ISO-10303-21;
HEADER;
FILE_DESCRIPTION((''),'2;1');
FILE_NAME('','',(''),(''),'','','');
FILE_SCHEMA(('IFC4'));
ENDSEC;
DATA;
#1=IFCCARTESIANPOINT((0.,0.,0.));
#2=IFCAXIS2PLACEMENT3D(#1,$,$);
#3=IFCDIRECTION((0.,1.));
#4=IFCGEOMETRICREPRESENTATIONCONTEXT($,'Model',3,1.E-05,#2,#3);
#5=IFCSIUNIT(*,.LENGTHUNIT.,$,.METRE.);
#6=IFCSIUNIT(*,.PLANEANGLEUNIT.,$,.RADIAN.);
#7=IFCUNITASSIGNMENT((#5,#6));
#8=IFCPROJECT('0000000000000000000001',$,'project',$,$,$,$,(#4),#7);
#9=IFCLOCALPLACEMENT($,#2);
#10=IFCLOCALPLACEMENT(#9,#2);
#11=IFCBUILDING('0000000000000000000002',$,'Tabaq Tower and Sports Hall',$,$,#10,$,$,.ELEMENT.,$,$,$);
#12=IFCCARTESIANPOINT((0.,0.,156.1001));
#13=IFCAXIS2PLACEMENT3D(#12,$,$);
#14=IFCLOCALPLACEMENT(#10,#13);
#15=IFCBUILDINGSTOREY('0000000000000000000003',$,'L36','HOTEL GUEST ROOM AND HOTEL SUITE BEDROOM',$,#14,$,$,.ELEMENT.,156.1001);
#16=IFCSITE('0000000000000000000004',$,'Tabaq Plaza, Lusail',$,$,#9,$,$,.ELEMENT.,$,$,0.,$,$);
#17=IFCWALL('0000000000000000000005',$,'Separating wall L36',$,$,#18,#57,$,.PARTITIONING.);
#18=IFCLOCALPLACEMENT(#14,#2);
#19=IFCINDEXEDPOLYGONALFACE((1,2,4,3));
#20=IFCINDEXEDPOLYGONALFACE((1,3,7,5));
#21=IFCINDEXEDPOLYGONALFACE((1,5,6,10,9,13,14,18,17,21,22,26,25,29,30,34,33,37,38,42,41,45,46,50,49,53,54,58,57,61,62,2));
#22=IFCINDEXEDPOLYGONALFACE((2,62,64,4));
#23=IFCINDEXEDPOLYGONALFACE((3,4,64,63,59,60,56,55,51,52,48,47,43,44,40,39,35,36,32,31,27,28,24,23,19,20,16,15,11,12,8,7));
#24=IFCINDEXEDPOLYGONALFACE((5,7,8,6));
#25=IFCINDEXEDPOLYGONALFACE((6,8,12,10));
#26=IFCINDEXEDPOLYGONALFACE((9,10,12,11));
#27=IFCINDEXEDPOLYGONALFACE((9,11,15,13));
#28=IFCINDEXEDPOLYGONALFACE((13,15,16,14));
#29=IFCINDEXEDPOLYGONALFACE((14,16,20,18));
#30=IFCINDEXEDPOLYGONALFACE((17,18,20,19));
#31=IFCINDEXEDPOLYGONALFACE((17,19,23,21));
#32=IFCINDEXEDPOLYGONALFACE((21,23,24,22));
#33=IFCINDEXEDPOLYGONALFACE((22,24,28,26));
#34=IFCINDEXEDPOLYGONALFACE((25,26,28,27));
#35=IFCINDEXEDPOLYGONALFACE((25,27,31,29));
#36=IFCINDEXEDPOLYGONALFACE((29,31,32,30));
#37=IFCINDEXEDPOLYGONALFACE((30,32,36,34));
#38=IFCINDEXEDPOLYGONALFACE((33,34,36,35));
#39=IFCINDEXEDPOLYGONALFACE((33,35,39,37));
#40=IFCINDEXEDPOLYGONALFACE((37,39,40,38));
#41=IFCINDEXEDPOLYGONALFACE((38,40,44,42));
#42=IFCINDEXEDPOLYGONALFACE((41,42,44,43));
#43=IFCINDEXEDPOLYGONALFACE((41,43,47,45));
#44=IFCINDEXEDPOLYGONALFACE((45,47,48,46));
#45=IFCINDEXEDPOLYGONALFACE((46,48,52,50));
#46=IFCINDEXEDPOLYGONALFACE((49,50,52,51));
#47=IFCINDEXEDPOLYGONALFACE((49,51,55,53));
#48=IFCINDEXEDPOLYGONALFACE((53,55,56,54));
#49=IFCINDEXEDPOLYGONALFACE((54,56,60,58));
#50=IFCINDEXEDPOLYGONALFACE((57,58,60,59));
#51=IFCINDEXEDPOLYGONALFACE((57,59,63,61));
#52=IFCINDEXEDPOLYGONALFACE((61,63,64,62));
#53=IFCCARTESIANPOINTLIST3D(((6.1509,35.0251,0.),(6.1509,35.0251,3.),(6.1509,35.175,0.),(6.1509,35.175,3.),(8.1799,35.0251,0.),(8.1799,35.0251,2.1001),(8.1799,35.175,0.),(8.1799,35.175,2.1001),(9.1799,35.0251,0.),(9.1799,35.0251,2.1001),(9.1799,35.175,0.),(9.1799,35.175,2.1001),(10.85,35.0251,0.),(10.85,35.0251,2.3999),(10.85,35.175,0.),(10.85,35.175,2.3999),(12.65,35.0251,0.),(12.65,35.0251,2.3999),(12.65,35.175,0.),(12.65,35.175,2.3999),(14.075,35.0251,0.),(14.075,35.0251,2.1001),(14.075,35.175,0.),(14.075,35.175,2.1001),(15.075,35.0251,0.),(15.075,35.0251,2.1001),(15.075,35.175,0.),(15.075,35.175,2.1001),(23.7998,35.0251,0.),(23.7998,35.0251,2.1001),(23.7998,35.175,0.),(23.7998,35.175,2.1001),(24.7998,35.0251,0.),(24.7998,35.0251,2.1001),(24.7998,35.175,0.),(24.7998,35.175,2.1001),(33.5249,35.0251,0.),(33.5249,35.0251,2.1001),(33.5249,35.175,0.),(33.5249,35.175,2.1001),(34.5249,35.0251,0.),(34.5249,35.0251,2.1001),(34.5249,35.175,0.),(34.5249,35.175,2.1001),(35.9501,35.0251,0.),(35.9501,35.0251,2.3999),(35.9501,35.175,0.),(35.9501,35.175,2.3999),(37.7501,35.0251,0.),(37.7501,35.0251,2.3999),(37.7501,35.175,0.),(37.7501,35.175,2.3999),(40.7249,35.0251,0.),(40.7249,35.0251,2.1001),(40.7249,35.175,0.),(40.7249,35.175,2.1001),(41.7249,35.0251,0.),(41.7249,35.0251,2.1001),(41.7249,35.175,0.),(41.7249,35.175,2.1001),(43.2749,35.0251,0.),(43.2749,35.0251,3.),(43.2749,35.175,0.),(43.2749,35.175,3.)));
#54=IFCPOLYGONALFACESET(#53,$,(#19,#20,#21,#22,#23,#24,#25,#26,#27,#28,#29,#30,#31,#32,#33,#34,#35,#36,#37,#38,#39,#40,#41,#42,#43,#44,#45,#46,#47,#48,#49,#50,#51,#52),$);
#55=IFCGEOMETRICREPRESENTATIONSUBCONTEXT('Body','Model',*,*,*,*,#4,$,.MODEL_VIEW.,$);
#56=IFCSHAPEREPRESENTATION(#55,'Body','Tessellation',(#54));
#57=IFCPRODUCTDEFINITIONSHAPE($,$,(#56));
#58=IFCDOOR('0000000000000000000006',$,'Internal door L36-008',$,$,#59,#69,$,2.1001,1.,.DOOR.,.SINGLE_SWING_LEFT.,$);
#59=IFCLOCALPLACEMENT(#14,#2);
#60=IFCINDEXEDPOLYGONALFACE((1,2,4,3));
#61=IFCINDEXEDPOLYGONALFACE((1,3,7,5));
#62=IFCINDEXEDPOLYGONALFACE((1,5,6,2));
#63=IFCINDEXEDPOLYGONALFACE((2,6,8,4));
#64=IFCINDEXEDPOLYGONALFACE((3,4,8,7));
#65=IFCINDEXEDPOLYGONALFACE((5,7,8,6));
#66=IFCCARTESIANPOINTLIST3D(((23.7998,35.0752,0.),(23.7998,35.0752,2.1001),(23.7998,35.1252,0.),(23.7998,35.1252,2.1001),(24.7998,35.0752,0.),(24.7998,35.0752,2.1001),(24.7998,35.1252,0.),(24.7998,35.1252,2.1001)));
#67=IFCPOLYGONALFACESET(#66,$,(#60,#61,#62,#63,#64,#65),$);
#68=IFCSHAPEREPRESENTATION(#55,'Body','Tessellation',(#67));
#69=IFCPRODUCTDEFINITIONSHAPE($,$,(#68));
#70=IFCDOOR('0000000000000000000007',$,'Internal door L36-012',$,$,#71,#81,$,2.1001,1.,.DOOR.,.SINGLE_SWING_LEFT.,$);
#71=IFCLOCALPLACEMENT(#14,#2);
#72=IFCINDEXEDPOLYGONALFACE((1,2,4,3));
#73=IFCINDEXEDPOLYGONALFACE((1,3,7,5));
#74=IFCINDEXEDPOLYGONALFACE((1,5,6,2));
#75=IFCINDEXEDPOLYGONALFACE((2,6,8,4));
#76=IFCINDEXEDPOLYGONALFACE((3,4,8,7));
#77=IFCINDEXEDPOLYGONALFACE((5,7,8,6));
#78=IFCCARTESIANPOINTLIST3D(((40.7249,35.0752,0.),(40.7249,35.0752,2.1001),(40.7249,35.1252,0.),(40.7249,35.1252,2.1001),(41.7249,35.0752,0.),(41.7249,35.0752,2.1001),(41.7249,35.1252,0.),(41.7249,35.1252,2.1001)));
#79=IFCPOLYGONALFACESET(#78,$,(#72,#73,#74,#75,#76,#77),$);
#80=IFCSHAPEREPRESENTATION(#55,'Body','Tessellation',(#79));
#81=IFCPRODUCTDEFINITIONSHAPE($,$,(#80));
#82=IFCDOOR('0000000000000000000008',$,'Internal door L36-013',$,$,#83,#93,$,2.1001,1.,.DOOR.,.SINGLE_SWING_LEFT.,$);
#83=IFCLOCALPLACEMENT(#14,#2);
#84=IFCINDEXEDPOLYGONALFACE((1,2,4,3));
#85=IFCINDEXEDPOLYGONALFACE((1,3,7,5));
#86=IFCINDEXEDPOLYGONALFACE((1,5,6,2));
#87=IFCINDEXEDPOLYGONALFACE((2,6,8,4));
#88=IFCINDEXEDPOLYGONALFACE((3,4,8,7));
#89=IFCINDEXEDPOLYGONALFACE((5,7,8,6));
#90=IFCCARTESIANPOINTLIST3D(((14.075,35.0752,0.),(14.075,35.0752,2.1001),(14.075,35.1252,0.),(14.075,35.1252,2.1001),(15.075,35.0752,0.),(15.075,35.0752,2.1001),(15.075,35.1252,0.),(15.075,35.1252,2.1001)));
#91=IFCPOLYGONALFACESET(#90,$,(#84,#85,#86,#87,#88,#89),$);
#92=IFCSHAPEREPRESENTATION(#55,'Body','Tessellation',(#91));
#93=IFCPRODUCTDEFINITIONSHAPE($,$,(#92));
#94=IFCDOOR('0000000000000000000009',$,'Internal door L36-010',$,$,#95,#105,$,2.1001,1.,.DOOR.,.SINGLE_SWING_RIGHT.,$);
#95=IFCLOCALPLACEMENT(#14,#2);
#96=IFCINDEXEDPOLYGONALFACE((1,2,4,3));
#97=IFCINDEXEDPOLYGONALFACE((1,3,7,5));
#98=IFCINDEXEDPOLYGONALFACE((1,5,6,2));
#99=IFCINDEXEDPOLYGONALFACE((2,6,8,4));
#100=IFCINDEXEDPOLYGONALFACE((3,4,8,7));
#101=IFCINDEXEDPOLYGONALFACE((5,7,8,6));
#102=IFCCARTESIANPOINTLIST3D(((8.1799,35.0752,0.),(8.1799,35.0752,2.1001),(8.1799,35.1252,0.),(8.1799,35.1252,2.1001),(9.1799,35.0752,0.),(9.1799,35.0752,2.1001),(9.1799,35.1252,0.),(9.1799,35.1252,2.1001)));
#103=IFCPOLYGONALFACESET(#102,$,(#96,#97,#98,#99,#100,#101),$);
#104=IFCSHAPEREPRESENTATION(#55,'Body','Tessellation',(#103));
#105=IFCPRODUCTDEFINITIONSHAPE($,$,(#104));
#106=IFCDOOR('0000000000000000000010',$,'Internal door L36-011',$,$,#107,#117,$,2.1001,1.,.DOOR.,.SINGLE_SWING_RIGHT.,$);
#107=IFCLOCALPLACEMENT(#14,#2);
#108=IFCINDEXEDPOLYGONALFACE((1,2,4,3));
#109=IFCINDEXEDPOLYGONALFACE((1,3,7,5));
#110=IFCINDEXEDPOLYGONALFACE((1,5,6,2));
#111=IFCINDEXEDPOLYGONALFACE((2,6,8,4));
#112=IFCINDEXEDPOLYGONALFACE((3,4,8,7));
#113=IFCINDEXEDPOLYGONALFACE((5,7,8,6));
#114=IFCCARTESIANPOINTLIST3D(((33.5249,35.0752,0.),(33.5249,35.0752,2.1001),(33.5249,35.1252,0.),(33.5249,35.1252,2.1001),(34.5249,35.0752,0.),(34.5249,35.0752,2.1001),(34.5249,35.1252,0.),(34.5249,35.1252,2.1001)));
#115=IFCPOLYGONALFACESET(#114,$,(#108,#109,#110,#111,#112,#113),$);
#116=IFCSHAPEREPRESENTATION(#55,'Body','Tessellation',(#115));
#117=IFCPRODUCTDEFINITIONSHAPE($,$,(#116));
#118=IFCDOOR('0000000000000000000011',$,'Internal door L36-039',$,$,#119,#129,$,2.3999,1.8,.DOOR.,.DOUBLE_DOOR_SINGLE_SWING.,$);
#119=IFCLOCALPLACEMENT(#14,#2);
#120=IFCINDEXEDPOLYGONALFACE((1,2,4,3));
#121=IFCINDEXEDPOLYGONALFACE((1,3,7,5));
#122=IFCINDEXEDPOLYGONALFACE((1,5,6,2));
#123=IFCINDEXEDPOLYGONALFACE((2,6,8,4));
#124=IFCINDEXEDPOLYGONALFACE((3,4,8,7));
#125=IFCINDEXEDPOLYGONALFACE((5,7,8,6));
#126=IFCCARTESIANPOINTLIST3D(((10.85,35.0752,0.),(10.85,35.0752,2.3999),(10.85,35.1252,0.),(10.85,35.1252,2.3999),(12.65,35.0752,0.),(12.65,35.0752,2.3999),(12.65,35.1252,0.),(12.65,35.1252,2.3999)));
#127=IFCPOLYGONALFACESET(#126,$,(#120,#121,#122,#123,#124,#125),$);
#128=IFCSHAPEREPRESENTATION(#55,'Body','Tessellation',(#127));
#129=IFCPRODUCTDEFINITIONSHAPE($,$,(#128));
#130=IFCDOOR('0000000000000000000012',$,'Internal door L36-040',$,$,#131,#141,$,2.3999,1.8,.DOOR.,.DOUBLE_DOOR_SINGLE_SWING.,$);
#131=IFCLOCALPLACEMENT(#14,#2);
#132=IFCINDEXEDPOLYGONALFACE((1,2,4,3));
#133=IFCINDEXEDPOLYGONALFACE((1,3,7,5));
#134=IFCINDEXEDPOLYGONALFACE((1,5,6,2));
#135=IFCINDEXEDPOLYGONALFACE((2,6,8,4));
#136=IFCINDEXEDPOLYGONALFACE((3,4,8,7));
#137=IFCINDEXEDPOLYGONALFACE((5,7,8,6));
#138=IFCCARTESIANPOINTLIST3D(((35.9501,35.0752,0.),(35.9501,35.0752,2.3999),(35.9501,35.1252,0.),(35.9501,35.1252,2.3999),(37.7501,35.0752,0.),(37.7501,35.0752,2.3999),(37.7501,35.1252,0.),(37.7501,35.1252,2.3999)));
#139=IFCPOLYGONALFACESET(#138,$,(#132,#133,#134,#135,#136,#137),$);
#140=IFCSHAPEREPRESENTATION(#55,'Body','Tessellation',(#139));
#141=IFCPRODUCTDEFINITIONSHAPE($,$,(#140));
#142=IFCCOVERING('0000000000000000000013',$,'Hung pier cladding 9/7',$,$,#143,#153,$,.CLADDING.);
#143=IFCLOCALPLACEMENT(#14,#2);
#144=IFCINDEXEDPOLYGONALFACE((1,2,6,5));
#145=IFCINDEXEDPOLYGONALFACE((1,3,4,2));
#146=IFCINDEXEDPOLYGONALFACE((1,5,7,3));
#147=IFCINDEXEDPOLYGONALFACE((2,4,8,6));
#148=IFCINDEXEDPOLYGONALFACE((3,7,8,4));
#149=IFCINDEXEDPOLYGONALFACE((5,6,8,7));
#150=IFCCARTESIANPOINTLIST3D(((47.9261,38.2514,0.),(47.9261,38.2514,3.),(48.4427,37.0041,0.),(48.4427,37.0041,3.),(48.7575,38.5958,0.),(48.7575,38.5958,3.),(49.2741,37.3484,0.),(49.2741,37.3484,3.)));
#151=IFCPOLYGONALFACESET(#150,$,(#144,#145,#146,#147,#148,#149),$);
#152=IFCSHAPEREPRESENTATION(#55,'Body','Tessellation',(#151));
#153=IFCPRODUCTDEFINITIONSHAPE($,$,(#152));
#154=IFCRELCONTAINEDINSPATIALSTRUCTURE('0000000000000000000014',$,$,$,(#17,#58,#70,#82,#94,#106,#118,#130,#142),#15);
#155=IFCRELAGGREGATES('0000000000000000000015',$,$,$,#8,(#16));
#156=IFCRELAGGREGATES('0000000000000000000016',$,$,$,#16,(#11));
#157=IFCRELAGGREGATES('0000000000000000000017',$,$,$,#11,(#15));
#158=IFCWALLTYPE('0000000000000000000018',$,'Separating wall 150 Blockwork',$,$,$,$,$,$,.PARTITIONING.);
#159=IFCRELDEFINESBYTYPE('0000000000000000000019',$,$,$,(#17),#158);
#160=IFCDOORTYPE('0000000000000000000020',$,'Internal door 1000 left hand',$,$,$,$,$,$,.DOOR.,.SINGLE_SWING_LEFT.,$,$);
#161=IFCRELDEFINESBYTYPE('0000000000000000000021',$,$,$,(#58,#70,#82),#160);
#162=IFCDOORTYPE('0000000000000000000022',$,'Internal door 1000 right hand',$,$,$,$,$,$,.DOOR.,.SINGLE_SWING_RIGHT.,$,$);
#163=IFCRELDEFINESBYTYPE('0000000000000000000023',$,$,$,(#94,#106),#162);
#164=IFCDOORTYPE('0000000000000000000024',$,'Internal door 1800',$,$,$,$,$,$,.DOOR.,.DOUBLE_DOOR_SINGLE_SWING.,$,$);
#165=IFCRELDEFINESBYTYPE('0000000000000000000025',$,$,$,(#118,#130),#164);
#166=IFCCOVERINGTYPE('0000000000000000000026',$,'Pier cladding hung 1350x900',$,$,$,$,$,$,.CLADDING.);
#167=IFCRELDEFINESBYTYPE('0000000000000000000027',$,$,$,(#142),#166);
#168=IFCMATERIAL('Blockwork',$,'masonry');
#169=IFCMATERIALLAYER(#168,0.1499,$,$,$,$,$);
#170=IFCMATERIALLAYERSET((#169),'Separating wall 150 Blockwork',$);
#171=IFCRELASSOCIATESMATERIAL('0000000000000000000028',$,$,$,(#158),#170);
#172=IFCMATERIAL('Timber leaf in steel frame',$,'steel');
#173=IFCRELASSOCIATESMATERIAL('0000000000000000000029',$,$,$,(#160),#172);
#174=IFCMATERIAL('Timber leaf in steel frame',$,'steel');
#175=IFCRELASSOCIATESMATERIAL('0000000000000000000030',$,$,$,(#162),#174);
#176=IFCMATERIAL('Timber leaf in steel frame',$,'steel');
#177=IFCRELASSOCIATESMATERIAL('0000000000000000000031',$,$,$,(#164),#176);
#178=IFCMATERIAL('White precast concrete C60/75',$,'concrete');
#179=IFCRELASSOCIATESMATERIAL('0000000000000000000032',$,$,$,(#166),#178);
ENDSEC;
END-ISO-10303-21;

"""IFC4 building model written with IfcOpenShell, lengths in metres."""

from ifc_helpers import new_model, si_unit, direction, frame, frame_2d, origin, place, context, subcontext, project, spatial, rectangle, extrude, material, layer, layer_set, type_object, element, fill, save


model = new_model("IFC4")

# Units and contexts
model_context = context("Model", 3, precision=1e-05, world=origin(), true_north=direction((0.0, 1.0)))
body_context = subcontext(model_context, "Body", "Model", "MODEL_VIEW")
ifc_project = project(units=[si_unit("LENGTHUNIT", "METRE"), si_unit("PLANEANGLEUNIT", "RADIAN")], contexts=[model_context])

# Site, building, storey
site_placement = place(None, origin())
site = spatial("IfcSite", under=ifc_project, at=site_placement, Name="Tabaq Plaza, Lusail", CompositionType="ELEMENT", RefElevation=0.0)
building_placement = place(site_placement, origin())
building = spatial("IfcBuilding", under=site, at=building_placement, Name="Tabaq Tower and Sports Hall", CompositionType="ELEMENT")
storey_placement = place(building_placement, frame((0.0, 0.0, 156.1001)))
storey = spatial("IfcBuildingStorey", under=building, at=storey_placement, Name="L36", Description="HOTEL GUEST ROOM AND HOTEL SUITE BEDROOM", CompositionType="ELEMENT", Elevation=156.1001)

# Wall, openings, doors
ifc_material_1 = material(Name="Blockwork", Category="masonry")
ifc_layer_1 = layer(ifc_material_1, 0.1499)
ifc_layer_set_1 = layer_set([ifc_layer_1], Name="Separating wall 150 Blockwork")
wall_type = type_object("IfcWallType", Name="Separating wall 150 Blockwork", PredefinedType="PARTITIONING", material=ifc_layer_set_1)
ifc_material_2 = material(Name="Timber leaf in steel frame", Category="steel")
door_type_1 = type_object("IfcDoorType", Name="Internal door 1000 left hand", OperationType="SINGLE_SWING_LEFT", PredefinedType="DOOR", material=ifc_material_2)
wall_1_placement = place(storey_placement, frame((43.2749, 35.1001, 0.0), z_axis=(0.0, 0.0, 1.0), x_axis=(-1.0, 0.0, 0.0)))
wall_1 = element("IfcWall", 1, at=wall_1_placement, inside=storey, type_object=wall_type, Name="Separating wall L36", PredefinedType="PARTITIONING", context=body_context, shape_type="SweptSolid", body=[
    extrude(rectangle(XDim=37.124, YDim=0.1499, at=frame_2d((18.562, 0.0))), origin(), (0.0, 0.0, 1.0), 3.0),
])
opening_1_placement = place(wall_1_placement, frame((18.4751, 0.0, 0.0)))
opening_1 = element("IfcOpeningElement", 2, at=opening_1_placement, cuts=wall_1, PredefinedType="OPENING", context=body_context, shape_type="SweptSolid", body=[
    extrude(rectangle(XDim=1.0, YDim=2.1001, at=frame_2d((0.5, 1.05))), frame((0.0, 0.075, 0.0), z_axis=(0.0, -1.0, 0.0), x_axis=(1.0, 0.0, 0.0)), (0.0, 0.0, 1.0), 0.1499),
])
opening_2_placement = place(wall_1_placement, frame((34.095, 0.0, 0.0)))
opening_2 = element("IfcOpeningElement", 3, at=opening_2_placement, cuts=wall_1, PredefinedType="OPENING", context=body_context, shape_type="SweptSolid", body=[
    extrude(rectangle(XDim=1.0, YDim=2.1001, at=frame_2d((0.5, 1.05))), frame((0.0, 0.075, 0.0), z_axis=(0.0, -1.0, 0.0), x_axis=(1.0, 0.0, 0.0)), (0.0, 0.0, 1.0), 0.1499),
])
opening_3_placement = place(wall_1_placement, frame((8.75, 0.0, 0.0)))
opening_3 = element("IfcOpeningElement", 4, at=opening_3_placement, cuts=wall_1, PredefinedType="OPENING", context=body_context, shape_type="SweptSolid", body=[
    extrude(rectangle(XDim=1.0, YDim=2.1001, at=frame_2d((0.5, 1.05))), frame((0.0, 0.075, 0.0), z_axis=(0.0, -1.0, 0.0), x_axis=(1.0, 0.0, 0.0)), (0.0, 0.0, 1.0), 0.1499),
])
opening_4_placement = place(wall_1_placement, frame((1.55, 0.0, 0.0)))
opening_4 = element("IfcOpeningElement", 5, at=opening_4_placement, cuts=wall_1, PredefinedType="OPENING", context=body_context, shape_type="SweptSolid", body=[
    extrude(rectangle(XDim=1.0, YDim=2.1001, at=frame_2d((0.5, 1.05))), frame((0.0, 0.075, 0.0), z_axis=(0.0, -1.0, 0.0), x_axis=(1.0, 0.0, 0.0)), (0.0, 0.0, 1.0), 0.1499),
])
opening_5_placement = place(wall_1_placement, frame((28.2, 0.0, 0.0)))
opening_5 = element("IfcOpeningElement", 6, at=opening_5_placement, cuts=wall_1, PredefinedType="OPENING", context=body_context, shape_type="SweptSolid", body=[
    extrude(rectangle(XDim=1.0, YDim=2.1001, at=frame_2d((0.5, 1.05))), frame((0.0, 0.075, 0.0), z_axis=(0.0, -1.0, 0.0), x_axis=(1.0, 0.0, 0.0)), (0.0, 0.0, 1.0), 0.1499),
])
opening_6_placement = place(wall_1_placement, frame((30.625, 0.0, 0.0)))
opening_6 = element("IfcOpeningElement", 7, at=opening_6_placement, cuts=wall_1, PredefinedType="OPENING", context=body_context, shape_type="SweptSolid", body=[
    extrude(rectangle(XDim=1.8, YDim=2.3999, at=frame_2d((0.8999, 1.2))), frame((0.0, 0.075, 0.0), z_axis=(0.0, -1.0, 0.0), x_axis=(1.0, 0.0, 0.0)), (0.0, 0.0, 1.0), 0.1499),
])
opening_7_placement = place(wall_1_placement, frame((5.5249, 0.0, 0.0)))
opening_7 = element("IfcOpeningElement", 8, at=opening_7_placement, cuts=wall_1, PredefinedType="OPENING", context=body_context, shape_type="SweptSolid", body=[
    extrude(rectangle(XDim=1.8, YDim=2.3999, at=frame_2d((0.8999, 1.2))), frame((0.0, 0.075, 0.0), z_axis=(0.0, -1.0, 0.0), x_axis=(1.0, 0.0, 0.0)), (0.0, 0.0, 1.0), 0.1499),
])
door_1_placement = place(opening_1_placement, origin())
door_1 = element("IfcDoor", 9, at=door_1_placement, inside=storey, type_object=door_type_1, Name="Internal door L36-008", OperationType="SINGLE_SWING_LEFT", OverallHeight=2.1001, OverallWidth=1.0, PredefinedType="DOOR", context=body_context, shape_type="SweptSolid", body=[
    extrude(rectangle(XDim=1.0, YDim=2.1001, at=frame_2d((0.5, 1.05))), frame((0.0, 0.0249, 0.0), z_axis=(0.0, -1.0, 0.0), x_axis=(1.0, 0.0, 0.0)), (0.0, 0.0, 1.0), 0.05),
])
fill(opening_1, door_1)
door_2_placement = place(opening_4_placement, origin())
door_2 = element("IfcDoor", 10, at=door_2_placement, inside=storey, type_object=door_type_1, Name="Internal door L36-012", OperationType="SINGLE_SWING_LEFT", OverallHeight=2.1001, OverallWidth=1.0, PredefinedType="DOOR", context=body_context, shape_type="SweptSolid", body=[
    extrude(rectangle(XDim=1.0, YDim=2.1001, at=frame_2d((0.5, 1.05))), frame((0.0, 0.0249, 0.0), z_axis=(0.0, -1.0, 0.0), x_axis=(1.0, 0.0, 0.0)), (0.0, 0.0, 1.0), 0.05),
])
fill(opening_4, door_2)
door_3_placement = place(opening_5_placement, origin())
door_3 = element("IfcDoor", 11, at=door_3_placement, inside=storey, type_object=door_type_1, Name="Internal door L36-013", OperationType="SINGLE_SWING_LEFT", OverallHeight=2.1001, OverallWidth=1.0, PredefinedType="DOOR", context=body_context, shape_type="SweptSolid", body=[
    extrude(rectangle(XDim=1.0, YDim=2.1001, at=frame_2d((0.5, 1.05))), frame((0.0, 0.0249, 0.0), z_axis=(0.0, -1.0, 0.0), x_axis=(1.0, 0.0, 0.0)), (0.0, 0.0, 1.0), 0.05),
])
fill(opening_5, door_3)
ifc_material_3 = material(Name="Timber leaf in steel frame", Category="steel")
door_type_2 = type_object("IfcDoorType", Name="Internal door 1000 right hand", OperationType="SINGLE_SWING_RIGHT", PredefinedType="DOOR", material=ifc_material_3)
door_4_placement = place(opening_2_placement, origin())
door_4 = element("IfcDoor", 12, at=door_4_placement, inside=storey, type_object=door_type_2, Name="Internal door L36-010", OperationType="SINGLE_SWING_RIGHT", OverallHeight=2.1001, OverallWidth=1.0, PredefinedType="DOOR", context=body_context, shape_type="SweptSolid", body=[
    extrude(rectangle(XDim=1.0, YDim=2.1001, at=frame_2d((0.5, 1.05))), frame((0.0, 0.0249, 0.0), z_axis=(0.0, -1.0, 0.0), x_axis=(1.0, 0.0, 0.0)), (0.0, 0.0, 1.0), 0.05),
])
fill(opening_2, door_4)
door_5_placement = place(opening_3_placement, origin())
door_5 = element("IfcDoor", 13, at=door_5_placement, inside=storey, type_object=door_type_2, Name="Internal door L36-011", OperationType="SINGLE_SWING_RIGHT", OverallHeight=2.1001, OverallWidth=1.0, PredefinedType="DOOR", context=body_context, shape_type="SweptSolid", body=[
    extrude(rectangle(XDim=1.0, YDim=2.1001, at=frame_2d((0.5, 1.05))), frame((0.0, 0.0249, 0.0), z_axis=(0.0, -1.0, 0.0), x_axis=(1.0, 0.0, 0.0)), (0.0, 0.0, 1.0), 0.05),
])
fill(opening_3, door_5)
ifc_material_4 = material(Name="Timber leaf in steel frame", Category="steel")
door_type_3 = type_object("IfcDoorType", Name="Internal door 1800", OperationType="DOUBLE_DOOR_SINGLE_SWING", PredefinedType="DOOR", material=ifc_material_4)
door_6_placement = place(opening_6_placement, origin())
door_6 = element("IfcDoor", 14, at=door_6_placement, inside=storey, type_object=door_type_3, Name="Internal door L36-039", OperationType="DOUBLE_DOOR_SINGLE_SWING", OverallHeight=2.3999, OverallWidth=1.8, PredefinedType="DOOR", context=body_context, shape_type="SweptSolid", body=[
    extrude(rectangle(XDim=1.8, YDim=2.3999, at=frame_2d((0.8999, 1.2))), frame((0.0, 0.0249, 0.0), z_axis=(0.0, -1.0, 0.0), x_axis=(1.0, 0.0, 0.0)), (0.0, 0.0, 1.0), 0.05),
])
fill(opening_6, door_6)
door_7_placement = place(opening_7_placement, origin())
door_7 = element("IfcDoor", 15, at=door_7_placement, inside=storey, type_object=door_type_3, Name="Internal door L36-040", OperationType="DOUBLE_DOOR_SINGLE_SWING", OverallHeight=2.3999, OverallWidth=1.8, PredefinedType="DOOR", context=body_context, shape_type="SweptSolid", body=[
    extrude(rectangle(XDim=1.8, YDim=2.3999, at=frame_2d((0.8999, 1.2))), frame((0.0, 0.0249, 0.0), z_axis=(0.0, -1.0, 0.0), x_axis=(1.0, 0.0, 0.0)), (0.0, 0.0, 1.0), 0.05),
])
fill(opening_7, door_7)

# Covering
ifc_material_5 = material(Name="White precast concrete C60/75", Category="concrete")
covering_type_1 = type_object("IfcCoveringType", Name="Pier cladding hung 1350x900", PredefinedType="CLADDING", material=ifc_material_5)
covering_1_placement = place(storey_placement, frame((48.8584, 37.1763, 0.0), z_axis=(0.0, 0.0, 1.0), x_axis=(-0.38265, 0.923893, 0.0)))
element("IfcCovering", 16, at=covering_1_placement, inside=storey, type_object=covering_type_1, Name="Hung pier cladding 9/7", PredefinedType="CLADDING", context=body_context, shape_type="SweptSolid", body=[
    extrude(rectangle(XDim=1.3501, YDim=0.8999, at=frame_2d((0.675, 0.0))), origin(), (0.0, 0.0, 1.0), 3.0),
])

save(model, "model.ifc")
